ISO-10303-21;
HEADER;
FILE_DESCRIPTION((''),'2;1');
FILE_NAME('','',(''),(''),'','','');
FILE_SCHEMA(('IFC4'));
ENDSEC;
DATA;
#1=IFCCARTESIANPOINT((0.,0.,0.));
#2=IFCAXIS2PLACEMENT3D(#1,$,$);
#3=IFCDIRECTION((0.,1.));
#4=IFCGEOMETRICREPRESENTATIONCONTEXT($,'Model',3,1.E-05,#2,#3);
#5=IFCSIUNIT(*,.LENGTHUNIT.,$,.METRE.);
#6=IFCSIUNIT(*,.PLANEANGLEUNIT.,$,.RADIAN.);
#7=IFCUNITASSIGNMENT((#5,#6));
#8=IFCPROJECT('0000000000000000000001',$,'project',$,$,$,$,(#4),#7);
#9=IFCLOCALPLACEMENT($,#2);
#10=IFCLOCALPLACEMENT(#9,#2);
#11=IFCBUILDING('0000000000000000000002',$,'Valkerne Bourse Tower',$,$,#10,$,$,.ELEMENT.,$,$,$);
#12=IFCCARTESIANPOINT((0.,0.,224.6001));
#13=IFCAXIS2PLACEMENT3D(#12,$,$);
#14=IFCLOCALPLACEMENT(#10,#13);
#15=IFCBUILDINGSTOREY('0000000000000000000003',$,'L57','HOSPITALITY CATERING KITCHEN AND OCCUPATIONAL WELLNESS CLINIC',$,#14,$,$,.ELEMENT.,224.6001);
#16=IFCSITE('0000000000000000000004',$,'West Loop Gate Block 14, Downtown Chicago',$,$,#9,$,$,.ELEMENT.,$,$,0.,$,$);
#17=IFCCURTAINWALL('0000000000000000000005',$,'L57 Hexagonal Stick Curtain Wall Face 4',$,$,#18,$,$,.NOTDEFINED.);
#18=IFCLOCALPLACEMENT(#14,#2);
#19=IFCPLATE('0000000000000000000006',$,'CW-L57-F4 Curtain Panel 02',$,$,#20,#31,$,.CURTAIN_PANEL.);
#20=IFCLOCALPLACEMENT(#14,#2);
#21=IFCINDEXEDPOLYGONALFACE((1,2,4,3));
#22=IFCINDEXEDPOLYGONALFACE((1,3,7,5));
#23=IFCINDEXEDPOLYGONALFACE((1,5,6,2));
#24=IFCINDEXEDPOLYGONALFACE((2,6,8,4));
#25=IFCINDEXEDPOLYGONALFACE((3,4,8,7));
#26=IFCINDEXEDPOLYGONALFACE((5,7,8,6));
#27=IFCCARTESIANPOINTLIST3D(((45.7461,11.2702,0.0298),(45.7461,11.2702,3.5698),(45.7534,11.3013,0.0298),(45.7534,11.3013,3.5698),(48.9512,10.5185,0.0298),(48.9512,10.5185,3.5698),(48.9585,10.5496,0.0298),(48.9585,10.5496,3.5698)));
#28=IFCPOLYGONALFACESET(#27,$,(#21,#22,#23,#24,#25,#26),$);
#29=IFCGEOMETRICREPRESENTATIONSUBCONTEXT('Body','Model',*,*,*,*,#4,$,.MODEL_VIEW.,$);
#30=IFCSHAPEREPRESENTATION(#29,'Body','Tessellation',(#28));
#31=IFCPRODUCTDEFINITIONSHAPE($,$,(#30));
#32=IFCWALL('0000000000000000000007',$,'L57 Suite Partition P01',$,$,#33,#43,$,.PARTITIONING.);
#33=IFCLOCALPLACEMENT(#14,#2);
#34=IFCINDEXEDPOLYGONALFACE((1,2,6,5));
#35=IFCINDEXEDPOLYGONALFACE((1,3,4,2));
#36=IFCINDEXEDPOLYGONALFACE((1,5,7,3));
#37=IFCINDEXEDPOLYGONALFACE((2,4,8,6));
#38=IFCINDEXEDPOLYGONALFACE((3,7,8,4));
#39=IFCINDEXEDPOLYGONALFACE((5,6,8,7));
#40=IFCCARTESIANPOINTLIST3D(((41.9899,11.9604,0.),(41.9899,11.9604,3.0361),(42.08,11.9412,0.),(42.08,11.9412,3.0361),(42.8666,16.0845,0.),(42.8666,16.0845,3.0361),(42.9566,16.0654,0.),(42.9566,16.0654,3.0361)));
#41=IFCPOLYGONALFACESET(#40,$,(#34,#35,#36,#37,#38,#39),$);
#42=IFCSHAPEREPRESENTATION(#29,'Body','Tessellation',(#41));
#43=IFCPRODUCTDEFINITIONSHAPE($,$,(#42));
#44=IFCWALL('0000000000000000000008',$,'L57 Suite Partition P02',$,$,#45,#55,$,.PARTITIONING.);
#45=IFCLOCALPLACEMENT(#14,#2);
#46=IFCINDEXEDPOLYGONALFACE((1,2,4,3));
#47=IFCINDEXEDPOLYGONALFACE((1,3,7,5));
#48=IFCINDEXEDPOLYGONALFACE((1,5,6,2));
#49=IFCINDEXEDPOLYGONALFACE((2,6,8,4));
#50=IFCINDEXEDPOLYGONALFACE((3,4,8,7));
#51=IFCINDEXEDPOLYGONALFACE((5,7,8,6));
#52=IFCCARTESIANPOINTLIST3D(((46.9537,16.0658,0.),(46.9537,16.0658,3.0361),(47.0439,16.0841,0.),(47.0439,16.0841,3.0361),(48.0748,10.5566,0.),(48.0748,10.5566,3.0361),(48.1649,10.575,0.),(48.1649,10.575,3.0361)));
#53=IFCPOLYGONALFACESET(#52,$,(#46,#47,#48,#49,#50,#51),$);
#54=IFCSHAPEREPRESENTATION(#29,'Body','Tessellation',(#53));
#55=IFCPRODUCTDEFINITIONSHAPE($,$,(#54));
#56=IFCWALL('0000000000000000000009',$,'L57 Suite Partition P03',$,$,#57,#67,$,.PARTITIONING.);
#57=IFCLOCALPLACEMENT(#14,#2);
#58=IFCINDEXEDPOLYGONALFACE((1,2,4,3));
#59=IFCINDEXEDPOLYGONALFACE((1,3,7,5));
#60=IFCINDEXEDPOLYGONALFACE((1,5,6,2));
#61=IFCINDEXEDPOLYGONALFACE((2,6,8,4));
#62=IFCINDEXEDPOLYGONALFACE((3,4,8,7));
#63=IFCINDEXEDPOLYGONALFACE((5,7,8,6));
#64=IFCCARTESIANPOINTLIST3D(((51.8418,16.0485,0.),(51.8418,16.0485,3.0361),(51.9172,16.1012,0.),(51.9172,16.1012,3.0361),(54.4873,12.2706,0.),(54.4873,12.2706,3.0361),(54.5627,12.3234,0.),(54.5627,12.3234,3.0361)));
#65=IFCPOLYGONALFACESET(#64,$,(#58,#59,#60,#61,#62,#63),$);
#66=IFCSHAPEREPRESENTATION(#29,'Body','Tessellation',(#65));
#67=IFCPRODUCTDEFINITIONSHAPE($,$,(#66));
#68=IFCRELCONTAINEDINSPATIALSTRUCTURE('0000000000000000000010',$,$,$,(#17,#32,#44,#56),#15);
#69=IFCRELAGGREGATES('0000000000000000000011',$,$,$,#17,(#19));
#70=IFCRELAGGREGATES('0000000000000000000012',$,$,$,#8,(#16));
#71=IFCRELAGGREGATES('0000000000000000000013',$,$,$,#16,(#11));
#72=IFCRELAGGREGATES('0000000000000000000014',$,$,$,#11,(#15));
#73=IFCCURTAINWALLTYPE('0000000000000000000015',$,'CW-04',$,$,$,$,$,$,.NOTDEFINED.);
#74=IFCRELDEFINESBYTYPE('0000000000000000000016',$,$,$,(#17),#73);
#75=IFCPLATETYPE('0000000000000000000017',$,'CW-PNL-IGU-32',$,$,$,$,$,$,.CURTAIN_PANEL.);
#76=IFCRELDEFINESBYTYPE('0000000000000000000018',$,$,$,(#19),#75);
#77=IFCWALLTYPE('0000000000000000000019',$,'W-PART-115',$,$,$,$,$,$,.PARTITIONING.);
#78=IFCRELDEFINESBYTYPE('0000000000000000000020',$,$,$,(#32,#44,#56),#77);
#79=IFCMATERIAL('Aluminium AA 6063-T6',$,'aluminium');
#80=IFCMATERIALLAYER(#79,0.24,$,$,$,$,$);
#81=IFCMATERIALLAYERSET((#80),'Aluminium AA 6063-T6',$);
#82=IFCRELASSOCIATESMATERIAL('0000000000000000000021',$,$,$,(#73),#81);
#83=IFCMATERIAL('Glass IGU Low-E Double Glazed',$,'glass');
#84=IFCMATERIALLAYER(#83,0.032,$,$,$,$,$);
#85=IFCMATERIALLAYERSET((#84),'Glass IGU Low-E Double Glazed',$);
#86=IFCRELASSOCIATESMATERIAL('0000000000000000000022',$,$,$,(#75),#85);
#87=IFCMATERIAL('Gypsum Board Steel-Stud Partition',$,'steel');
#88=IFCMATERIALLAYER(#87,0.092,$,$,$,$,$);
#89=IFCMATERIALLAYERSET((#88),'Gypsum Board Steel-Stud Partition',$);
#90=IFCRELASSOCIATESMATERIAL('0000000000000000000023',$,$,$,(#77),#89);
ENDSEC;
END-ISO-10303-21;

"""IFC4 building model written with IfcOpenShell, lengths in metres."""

from ifc_helpers import new_model, si_unit, direction, frame, frame_2d, origin, origin_2d, place, context, subcontext, project, spatial, rectangle, extrude, material, layer, layer_set, type_object, element, aggregate, save


model = new_model("IFC4")

# Units and contexts
model_context = context("Model", 3, precision=1e-05, world=origin(), true_north=direction((0.0, 1.0)))
body_context = subcontext(model_context, "Body", "Model", "MODEL_VIEW")
ifc_project = project(units=[si_unit("LENGTHUNIT", "METRE"), si_unit("PLANEANGLEUNIT", "RADIAN")], contexts=[model_context])

# Site, building, storey
site_placement = place(None, origin())
site = spatial("IfcSite", under=ifc_project, at=site_placement, Name="West Loop Gate Block 14, Downtown Chicago", CompositionType="ELEMENT", RefElevation=0.0)
building_placement = place(site_placement, origin())
building = spatial("IfcBuilding", under=site, at=building_placement, Name="Valkerne Bourse Tower", CompositionType="ELEMENT")
storey_placement = place(building_placement, frame((0.0, 0.0, 224.6001)))
storey = spatial("IfcBuildingStorey", under=building, at=storey_placement, Name="L57", Description="HOSPITALITY CATERING KITCHEN AND OCCUPATIONAL WELLNESS CLINIC", CompositionType="ELEMENT", Elevation=224.6001)

# Curtain wall
ifc_material_1 = material(Name="Aluminium AA 6063-T6", Category="aluminium")
ifc_layer_1 = layer(ifc_material_1, 0.24)
ifc_layer_set_1 = layer_set([ifc_layer_1], Name="Aluminium AA 6063-T6")
curtain_wall_type = type_object("IfcCurtainWallType", Name="CW-04", PredefinedType="NOTDEFINED", material=ifc_layer_set_1)
curtain_wall_placement = place(storey_placement, origin())
curtain_wall = element("IfcCurtainWall", 1, at=curtain_wall_placement, inside=storey, type_object=curtain_wall_type, Name="L57 Hexagonal Stick Curtain Wall Face 4", PredefinedType="NOTDEFINED")

# Plate
ifc_material_2 = material(Name="Glass IGU Low-E Double Glazed", Category="glass")
ifc_layer_2 = layer(ifc_material_2, 0.032)
ifc_layer_set_2 = layer_set([ifc_layer_2], Name="Glass IGU Low-E Double Glazed")
plate_type = type_object("IfcPlateType", Name="CW-PNL-IGU-32", PredefinedType="CURTAIN_PANEL", material=ifc_layer_set_2)
plate_1_placement = place(storey_placement, frame((47.3523, 10.9099, 0.0298), z_axis=(0.0, 0.0, 1.0), x_axis=(0.973579, -0.228349, 0.0)))
plate_1 = element("IfcPlate", 2, at=plate_1_placement, type_object=plate_type, Name="CW-L57-F4 Curtain Panel 02", PredefinedType="CURTAIN_PANEL", context=body_context, shape_type="SweptSolid", body=[
    extrude(rectangle(XDim=3.292, YDim=0.032, at=origin_2d()), origin(), (0.0, 0.0, 1.0), 3.54),
])
aggregate(curtain_wall, [plate_1])

# Walls
ifc_material_3 = material(Name="Gypsum Board Steel-Stud Partition", Category="steel")
ifc_layer_3 = layer(ifc_material_3, 0.092)
ifc_layer_set_3 = layer_set([ifc_layer_3], Name="Gypsum Board Steel-Stud Partition")
wall_type = type_object("IfcWallType", Name="W-PART-115", PredefinedType="PARTITIONING", material=ifc_layer_set_3)
wall_1_placement = place(storey_placement, frame((42.9116, 16.075, 0.0), z_axis=(0.0, 0.0, 1.0), x_axis=(-0.207927, -0.978144, 0.0)))
element("IfcWall", 3, at=wall_1_placement, inside=storey, type_object=wall_type, Name="L57 Suite Partition P01", PredefinedType="PARTITIONING", context=body_context, shape_type="SweptSolid", body=[
    extrude(rectangle(XDim=4.2163, YDim=0.092, at=frame_2d((2.1082, 0.0))), origin(), (0.0, 0.0, 1.0), 3.0361),
])
wall_2_placement = place(storey_placement, frame((46.9988, 16.075, 0.0), z_axis=(0.0, 0.0, 1.0), x_axis=(0.199405, -0.979917, 0.0)))
element("IfcWall", 4, at=wall_2_placement, inside=storey, type_object=wall_type, Name="L57 Suite Partition P02", PredefinedType="PARTITIONING", context=body_context, shape_type="SweptSolid", body=[
    extrude(rectangle(XDim=5.6221, YDim=0.092, at=frame_2d((2.811, 0.0))), origin(), (0.0, 0.0, 1.0), 3.0361),
])
wall_3_placement = place(storey_placement, frame((51.8794, 16.075, 0.0), z_axis=(0.0, 0.0, 1.0), x_axis=(0.573612, -0.819127, 0.0)))
element("IfcWall", 5, at=wall_3_placement, inside=storey, type_object=wall_type, Name="L57 Suite Partition P03", PredefinedType="PARTITIONING", context=body_context, shape_type="SweptSolid", body=[
    extrude(rectangle(XDim=4.6121, YDim=0.092, at=frame_2d((2.3062, 0.0))), origin(), (0.0, 0.0, 1.0), 3.0361),
])

save(model, "model.ifc")
